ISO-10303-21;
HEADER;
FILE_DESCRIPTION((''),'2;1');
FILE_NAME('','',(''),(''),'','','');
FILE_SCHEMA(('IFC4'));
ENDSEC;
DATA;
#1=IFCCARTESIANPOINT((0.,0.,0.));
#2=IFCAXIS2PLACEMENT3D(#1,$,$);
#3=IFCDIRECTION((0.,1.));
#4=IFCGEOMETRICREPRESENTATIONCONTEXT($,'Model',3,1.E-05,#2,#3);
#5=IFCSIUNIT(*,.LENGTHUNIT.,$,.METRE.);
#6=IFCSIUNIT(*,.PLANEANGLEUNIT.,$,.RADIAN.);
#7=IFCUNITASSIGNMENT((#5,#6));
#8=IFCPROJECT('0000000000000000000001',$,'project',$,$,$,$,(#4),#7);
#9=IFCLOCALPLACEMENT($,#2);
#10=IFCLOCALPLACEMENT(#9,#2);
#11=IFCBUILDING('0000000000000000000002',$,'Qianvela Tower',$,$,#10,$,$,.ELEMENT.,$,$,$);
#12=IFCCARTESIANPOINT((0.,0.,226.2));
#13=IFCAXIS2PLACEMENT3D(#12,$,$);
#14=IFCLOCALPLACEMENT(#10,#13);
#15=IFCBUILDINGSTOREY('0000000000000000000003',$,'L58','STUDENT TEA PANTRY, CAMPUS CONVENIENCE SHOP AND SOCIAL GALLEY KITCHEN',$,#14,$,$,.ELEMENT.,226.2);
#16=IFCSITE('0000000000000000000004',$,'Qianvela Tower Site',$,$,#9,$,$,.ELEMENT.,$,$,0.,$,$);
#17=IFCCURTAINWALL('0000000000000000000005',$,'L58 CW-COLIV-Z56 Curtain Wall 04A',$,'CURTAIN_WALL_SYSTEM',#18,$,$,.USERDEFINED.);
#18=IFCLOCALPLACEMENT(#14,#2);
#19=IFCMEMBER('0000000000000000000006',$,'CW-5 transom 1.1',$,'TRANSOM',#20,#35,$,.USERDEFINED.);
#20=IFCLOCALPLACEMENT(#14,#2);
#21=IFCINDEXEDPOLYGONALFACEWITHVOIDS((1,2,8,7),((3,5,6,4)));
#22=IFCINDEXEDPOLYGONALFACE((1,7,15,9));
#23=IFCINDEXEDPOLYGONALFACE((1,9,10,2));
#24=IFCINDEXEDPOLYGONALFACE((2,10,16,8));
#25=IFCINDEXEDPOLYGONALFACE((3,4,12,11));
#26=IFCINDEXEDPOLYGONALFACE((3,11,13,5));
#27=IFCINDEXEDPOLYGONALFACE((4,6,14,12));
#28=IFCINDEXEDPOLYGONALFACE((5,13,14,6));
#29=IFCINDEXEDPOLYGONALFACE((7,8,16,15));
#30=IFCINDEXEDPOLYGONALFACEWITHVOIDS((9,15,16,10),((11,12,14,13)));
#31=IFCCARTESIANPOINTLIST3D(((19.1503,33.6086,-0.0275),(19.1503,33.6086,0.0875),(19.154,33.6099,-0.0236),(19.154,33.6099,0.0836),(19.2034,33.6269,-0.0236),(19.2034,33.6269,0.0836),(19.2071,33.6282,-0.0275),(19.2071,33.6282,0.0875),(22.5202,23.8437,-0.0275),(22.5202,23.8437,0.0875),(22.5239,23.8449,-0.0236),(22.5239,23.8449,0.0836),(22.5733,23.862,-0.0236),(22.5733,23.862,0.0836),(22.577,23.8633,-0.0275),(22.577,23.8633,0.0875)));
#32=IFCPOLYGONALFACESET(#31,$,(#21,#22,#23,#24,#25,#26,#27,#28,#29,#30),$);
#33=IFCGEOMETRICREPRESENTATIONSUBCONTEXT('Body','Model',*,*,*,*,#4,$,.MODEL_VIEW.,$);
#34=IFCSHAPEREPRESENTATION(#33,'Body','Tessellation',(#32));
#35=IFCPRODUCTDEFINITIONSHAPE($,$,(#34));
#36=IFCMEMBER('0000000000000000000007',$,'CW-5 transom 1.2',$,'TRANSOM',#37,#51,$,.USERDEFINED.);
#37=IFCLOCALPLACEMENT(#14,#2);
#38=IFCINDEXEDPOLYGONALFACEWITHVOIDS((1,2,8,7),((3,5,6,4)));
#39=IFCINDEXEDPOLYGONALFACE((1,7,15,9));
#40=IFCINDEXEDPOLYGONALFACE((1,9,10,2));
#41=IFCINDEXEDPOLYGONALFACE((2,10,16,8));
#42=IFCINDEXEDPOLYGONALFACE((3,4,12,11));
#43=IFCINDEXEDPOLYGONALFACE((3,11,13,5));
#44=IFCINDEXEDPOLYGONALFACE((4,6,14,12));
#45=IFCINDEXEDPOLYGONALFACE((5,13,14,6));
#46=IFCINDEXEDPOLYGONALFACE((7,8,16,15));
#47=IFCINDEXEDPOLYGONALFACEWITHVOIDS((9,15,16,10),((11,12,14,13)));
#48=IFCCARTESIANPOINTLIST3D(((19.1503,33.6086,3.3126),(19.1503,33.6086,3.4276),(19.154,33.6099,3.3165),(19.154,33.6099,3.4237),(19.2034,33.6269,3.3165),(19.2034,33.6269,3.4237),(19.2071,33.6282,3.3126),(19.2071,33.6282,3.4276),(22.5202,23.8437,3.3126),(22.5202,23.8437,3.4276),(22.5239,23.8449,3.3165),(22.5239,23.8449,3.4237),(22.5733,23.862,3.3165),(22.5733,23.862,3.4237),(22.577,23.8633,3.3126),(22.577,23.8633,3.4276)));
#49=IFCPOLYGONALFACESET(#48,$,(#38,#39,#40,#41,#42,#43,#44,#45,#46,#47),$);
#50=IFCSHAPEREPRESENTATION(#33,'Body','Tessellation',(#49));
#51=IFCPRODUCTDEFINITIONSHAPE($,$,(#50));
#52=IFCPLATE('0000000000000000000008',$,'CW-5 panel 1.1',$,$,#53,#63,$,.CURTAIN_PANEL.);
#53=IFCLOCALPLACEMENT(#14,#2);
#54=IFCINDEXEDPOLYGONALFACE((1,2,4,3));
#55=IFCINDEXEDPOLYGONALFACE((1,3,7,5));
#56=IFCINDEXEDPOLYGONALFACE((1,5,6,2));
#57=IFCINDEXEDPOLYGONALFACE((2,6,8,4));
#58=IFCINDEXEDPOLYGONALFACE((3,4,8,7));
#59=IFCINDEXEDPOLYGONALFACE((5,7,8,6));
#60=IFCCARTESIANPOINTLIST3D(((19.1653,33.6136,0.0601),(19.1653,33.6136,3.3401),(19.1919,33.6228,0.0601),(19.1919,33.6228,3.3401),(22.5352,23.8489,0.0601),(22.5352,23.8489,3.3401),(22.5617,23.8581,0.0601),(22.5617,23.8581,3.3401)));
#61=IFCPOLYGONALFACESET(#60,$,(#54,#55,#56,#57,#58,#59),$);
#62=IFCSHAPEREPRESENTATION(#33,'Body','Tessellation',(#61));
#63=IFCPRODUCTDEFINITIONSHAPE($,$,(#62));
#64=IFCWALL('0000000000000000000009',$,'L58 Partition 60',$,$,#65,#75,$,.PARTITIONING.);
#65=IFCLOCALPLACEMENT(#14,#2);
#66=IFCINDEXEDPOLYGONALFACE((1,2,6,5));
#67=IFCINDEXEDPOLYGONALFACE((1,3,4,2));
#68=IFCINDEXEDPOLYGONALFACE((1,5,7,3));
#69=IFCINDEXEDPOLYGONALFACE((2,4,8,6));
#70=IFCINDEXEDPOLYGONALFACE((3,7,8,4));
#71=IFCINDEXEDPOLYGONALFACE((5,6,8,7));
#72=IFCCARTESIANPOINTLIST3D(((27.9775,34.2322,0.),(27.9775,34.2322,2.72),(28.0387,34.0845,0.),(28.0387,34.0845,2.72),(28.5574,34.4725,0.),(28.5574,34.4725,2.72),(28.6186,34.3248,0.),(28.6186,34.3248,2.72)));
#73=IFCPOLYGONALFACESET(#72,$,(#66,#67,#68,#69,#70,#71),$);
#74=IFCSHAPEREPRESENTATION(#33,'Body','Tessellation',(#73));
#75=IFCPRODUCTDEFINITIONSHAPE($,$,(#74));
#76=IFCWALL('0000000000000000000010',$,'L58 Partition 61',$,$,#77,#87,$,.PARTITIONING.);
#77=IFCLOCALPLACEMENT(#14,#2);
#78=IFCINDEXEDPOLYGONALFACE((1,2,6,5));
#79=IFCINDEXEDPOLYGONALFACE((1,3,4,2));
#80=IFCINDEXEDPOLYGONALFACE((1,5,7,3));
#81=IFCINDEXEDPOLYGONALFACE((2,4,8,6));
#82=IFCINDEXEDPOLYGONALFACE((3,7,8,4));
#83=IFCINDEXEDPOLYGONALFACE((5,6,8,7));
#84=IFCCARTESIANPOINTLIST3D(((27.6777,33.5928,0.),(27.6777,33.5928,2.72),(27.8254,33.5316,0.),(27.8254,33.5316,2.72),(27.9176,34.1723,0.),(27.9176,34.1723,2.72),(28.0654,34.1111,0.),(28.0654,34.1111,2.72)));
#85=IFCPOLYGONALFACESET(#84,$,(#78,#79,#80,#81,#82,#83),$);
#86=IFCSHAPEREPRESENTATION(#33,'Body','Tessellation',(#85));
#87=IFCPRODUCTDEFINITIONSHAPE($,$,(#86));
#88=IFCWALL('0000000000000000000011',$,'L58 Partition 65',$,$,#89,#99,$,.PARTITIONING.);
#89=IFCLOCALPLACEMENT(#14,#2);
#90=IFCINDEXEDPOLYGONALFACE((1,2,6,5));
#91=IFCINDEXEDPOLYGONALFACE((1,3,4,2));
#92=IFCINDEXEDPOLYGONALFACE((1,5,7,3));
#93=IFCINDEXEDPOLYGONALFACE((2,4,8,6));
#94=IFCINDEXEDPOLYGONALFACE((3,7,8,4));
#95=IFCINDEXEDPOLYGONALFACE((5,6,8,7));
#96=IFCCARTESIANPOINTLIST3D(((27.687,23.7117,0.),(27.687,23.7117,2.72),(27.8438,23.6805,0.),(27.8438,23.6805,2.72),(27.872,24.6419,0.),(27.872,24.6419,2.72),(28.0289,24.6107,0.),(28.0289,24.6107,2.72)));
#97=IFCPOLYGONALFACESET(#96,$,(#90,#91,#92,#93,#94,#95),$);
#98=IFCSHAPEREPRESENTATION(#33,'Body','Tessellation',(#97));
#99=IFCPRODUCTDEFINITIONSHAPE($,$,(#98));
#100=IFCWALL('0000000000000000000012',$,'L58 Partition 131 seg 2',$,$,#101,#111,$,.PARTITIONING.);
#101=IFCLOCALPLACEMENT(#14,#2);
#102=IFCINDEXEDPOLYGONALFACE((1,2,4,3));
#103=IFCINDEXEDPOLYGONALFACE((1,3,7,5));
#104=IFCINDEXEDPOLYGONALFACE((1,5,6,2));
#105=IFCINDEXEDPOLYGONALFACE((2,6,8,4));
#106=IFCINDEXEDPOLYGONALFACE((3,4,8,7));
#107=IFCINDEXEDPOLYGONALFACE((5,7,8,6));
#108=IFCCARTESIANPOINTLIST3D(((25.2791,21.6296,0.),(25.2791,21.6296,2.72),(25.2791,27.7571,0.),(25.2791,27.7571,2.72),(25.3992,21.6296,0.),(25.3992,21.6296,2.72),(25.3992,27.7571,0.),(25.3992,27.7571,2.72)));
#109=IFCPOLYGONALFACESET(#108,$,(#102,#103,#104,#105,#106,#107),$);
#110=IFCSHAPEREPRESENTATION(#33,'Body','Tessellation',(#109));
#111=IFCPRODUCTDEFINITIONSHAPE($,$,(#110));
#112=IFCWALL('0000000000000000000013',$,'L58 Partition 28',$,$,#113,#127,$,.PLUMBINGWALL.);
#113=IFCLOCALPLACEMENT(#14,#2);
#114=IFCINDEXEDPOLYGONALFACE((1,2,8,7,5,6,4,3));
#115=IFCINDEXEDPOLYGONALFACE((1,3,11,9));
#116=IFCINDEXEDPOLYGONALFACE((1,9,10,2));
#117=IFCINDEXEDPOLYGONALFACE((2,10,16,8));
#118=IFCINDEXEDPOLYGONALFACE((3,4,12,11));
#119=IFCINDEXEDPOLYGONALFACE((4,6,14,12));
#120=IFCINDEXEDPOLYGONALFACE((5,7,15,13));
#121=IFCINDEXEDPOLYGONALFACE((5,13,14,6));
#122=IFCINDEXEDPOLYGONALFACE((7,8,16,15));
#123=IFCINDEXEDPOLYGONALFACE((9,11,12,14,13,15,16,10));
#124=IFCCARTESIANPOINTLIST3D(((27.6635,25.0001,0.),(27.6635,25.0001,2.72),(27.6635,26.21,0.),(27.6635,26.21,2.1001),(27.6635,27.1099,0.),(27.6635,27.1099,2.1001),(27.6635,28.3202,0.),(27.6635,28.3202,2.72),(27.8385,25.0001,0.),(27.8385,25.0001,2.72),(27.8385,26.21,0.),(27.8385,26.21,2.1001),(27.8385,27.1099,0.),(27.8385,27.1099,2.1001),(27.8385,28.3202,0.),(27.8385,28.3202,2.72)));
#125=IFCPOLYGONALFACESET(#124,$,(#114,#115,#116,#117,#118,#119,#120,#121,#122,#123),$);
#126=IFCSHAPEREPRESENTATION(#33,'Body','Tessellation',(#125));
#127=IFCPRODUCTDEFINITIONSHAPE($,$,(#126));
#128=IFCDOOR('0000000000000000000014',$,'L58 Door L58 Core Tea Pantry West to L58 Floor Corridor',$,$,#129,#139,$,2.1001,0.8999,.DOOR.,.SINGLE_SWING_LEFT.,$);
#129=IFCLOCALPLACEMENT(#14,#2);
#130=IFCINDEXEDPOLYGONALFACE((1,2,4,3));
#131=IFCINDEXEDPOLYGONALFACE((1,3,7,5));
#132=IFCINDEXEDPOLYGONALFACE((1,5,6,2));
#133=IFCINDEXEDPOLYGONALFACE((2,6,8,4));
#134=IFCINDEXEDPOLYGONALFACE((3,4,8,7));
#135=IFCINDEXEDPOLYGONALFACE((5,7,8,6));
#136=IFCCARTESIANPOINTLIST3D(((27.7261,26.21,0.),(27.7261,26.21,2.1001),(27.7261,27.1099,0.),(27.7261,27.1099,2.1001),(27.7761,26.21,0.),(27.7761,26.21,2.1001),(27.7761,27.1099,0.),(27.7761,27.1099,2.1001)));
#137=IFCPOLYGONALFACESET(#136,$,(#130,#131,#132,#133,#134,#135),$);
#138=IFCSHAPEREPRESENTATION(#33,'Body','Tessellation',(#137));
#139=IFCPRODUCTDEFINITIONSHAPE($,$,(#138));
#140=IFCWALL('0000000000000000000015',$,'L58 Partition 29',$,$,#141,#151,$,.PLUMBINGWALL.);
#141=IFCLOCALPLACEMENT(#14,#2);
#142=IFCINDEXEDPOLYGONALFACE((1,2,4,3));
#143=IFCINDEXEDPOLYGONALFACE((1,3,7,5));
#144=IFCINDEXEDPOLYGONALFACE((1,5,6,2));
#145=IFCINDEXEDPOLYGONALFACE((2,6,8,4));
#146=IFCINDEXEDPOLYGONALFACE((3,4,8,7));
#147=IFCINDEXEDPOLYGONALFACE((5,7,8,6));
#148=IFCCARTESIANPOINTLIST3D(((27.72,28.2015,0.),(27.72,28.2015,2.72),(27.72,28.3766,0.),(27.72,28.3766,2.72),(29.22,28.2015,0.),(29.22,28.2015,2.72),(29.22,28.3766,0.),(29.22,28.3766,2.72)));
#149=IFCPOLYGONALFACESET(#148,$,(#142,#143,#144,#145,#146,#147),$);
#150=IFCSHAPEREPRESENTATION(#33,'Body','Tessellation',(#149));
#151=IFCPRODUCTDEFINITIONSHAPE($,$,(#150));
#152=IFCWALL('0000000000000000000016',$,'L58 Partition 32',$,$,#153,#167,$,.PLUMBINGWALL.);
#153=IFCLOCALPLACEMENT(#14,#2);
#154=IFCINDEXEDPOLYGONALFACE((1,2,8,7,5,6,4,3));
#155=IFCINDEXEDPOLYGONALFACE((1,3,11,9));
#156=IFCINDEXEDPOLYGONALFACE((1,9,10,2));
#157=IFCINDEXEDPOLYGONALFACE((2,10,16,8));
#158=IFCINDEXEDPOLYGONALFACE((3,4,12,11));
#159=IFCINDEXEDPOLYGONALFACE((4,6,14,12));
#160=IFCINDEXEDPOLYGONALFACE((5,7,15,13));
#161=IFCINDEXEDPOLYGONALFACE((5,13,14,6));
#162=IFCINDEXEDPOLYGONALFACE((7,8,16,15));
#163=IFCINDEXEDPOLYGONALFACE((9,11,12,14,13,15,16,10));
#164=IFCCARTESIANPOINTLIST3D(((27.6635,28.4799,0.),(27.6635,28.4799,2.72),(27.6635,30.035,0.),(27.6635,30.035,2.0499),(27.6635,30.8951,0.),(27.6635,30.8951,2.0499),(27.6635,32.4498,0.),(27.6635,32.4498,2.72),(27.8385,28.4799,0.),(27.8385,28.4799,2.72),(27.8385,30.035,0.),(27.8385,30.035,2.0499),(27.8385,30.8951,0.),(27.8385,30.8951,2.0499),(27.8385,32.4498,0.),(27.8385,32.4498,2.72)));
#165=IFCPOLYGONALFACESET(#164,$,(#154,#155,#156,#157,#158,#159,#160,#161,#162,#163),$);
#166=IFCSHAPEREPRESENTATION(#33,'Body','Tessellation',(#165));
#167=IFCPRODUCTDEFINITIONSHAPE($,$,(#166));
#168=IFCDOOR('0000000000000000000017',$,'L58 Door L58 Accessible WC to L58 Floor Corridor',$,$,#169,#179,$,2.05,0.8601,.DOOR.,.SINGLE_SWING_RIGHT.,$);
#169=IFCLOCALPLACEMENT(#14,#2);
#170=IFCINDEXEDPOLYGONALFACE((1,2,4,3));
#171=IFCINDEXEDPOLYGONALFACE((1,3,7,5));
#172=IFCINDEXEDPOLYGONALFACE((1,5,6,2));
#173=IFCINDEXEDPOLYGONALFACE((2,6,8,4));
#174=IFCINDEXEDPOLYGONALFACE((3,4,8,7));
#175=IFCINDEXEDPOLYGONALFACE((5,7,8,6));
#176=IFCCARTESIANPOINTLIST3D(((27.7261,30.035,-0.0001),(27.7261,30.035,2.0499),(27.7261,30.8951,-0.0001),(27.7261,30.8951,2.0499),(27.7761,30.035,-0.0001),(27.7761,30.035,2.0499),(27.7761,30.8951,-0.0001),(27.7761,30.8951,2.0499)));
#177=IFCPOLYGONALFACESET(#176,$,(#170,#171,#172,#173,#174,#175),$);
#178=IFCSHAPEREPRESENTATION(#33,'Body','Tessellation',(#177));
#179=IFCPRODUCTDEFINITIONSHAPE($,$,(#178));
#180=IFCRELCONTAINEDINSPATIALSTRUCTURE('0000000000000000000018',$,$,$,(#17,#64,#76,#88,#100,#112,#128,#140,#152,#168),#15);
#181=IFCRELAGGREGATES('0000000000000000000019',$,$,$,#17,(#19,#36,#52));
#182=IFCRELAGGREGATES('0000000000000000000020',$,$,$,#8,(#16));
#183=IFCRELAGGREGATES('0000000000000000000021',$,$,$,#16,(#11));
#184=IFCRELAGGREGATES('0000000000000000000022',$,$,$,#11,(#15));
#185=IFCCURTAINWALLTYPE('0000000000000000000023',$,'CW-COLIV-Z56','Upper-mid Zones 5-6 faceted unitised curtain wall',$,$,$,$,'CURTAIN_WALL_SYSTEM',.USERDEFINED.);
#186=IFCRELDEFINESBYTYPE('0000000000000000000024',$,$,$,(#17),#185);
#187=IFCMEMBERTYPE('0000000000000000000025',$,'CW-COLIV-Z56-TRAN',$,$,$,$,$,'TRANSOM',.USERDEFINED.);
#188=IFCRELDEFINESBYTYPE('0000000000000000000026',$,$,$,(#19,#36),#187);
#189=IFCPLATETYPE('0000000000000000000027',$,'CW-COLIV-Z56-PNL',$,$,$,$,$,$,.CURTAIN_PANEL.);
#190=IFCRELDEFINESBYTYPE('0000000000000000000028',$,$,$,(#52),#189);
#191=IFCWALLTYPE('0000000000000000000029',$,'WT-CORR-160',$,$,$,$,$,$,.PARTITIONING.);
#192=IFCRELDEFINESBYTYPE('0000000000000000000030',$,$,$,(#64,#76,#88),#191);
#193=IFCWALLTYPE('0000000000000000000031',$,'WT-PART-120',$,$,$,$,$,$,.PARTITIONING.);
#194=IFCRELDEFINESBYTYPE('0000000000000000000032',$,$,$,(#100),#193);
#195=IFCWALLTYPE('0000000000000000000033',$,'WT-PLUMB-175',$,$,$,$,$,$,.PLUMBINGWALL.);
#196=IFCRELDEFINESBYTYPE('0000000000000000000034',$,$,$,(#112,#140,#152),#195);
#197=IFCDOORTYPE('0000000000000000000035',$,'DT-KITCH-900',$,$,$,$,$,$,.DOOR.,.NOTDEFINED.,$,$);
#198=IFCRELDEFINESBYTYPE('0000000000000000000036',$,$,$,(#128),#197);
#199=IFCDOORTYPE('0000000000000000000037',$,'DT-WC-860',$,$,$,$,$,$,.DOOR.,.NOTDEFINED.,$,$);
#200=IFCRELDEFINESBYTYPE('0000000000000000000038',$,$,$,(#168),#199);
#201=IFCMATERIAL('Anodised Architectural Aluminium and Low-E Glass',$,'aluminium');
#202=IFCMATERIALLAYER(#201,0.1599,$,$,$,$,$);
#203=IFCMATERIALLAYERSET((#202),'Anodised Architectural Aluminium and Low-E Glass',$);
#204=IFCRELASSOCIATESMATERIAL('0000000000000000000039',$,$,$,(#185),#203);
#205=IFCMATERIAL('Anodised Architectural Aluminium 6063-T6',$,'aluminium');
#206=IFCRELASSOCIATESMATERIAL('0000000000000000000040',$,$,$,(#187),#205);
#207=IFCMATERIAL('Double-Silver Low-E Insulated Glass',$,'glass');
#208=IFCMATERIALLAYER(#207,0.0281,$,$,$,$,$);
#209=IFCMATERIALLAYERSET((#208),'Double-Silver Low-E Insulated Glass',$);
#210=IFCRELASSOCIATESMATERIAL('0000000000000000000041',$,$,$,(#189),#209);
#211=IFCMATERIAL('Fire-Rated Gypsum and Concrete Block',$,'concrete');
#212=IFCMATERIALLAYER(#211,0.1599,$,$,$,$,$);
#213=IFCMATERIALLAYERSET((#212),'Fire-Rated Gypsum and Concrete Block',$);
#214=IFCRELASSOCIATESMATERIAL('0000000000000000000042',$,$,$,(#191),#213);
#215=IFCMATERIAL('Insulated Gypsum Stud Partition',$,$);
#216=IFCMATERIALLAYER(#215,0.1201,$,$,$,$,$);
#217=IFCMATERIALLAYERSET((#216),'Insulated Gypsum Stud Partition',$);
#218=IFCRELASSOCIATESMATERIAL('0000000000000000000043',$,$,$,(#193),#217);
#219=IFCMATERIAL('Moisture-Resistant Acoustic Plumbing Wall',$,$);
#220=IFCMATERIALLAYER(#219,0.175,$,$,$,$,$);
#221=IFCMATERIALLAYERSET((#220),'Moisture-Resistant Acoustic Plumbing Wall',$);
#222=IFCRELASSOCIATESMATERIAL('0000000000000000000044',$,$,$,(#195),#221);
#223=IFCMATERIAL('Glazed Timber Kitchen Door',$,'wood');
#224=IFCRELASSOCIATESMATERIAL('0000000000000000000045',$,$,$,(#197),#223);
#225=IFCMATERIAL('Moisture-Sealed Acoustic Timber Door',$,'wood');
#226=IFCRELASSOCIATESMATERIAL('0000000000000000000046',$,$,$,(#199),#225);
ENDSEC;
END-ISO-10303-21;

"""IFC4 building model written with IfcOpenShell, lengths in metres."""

from ifc_helpers import new_model, si_unit, direction, frame, frame_2d, origin, origin_2d, place, context, subcontext, project, spatial, rectangle, hollow_rectangle, extrude, material, layer, layer_set, material_profile, profile_set, type_object, element, fill, aggregate, save


model = new_model("IFC4")

# Units and contexts
model_context = context("Model", 3, precision=1e-05, world=origin(), true_north=direction((0.0, 1.0)))
body_context = subcontext(model_context, "Body", "Model", "MODEL_VIEW")
ifc_project = project(units=[si_unit("LENGTHUNIT", "METRE"), si_unit("PLANEANGLEUNIT", "RADIAN")], contexts=[model_context])

# Site, building, storey
site_placement = place(None, origin())
site = spatial("IfcSite", under=ifc_project, at=site_placement, Name="Qianvela Tower Site", CompositionType="ELEMENT", RefElevation=0.0)
building_placement = place(site_placement, origin())
building = spatial("IfcBuilding", under=site, at=building_placement, Name="Qianvela Tower", CompositionType="ELEMENT")
storey_placement = place(building_placement, frame((0.0, 0.0, 226.2)))
storey = spatial("IfcBuildingStorey", under=building, at=storey_placement, Name="L58", Description="STUDENT TEA PANTRY, CAMPUS CONVENIENCE SHOP AND SOCIAL GALLEY KITCHEN", CompositionType="ELEMENT", Elevation=226.2)

# Curtain wall, members, plate
ifc_material_1 = material(Name="Anodised Architectural Aluminium and Low-E Glass", Category="aluminium")
ifc_layer_1 = layer(ifc_material_1, 0.1599)
ifc_layer_set_1 = layer_set([ifc_layer_1], Name="Anodised Architectural Aluminium and Low-E Glass")
curtain_wall_type = type_object("IfcCurtainWallType", Name="CW-COLIV-Z56", Description="Upper-mid Zones 5-6 faceted unitised curtain wall", ElementType="CURTAIN_WALL_SYSTEM", PredefinedType="USERDEFINED", material=ifc_layer_set_1)
curtain_wall_placement = place(storey_placement, origin())
curtain_wall = element("IfcCurtainWall", 1, at=curtain_wall_placement, inside=storey, type_object=curtain_wall_type, Name="L58 CW-COLIV-Z56 Curtain Wall 04A", ObjectType="CURTAIN_WALL_SYSTEM", PredefinedType="USERDEFINED")
ifc_material_2 = material(Name="Anodised Architectural Aluminium 6063-T6", Category="aluminium")
ifc_material_profile_1 = material_profile(ifc_material_2, hollow_rectangle(XDim=0.0601, YDim=0.115, WallThickness=0.0039, at=origin_2d()), Name="ALU-TRAN-60x115")
ifc_profile_set_1 = profile_set([ifc_material_profile_1], Name="Anodised Architectural Aluminium 6063-T6")
member_type_1 = type_object("IfcMemberType", Name="CW-COLIV-Z56-TRAN", ElementType="TRANSOM", PredefinedType="USERDEFINED", material=ifc_profile_set_1)
member_1_placement = place(storey_placement, frame((19.1787, 33.6184, 0.03), z_axis=(0.326222, -0.945293, 0.0), x_axis=(0.945293, 0.326222, 0.0)))
member_1 = element("IfcMember", 2, at=member_1_placement, type_object=member_type_1, Name="CW-5 transom 1.1", ObjectType="TRANSOM", PredefinedType="USERDEFINED", context=body_context, shape_type="SweptSolid", body=[
    extrude(hollow_rectangle(XDim=0.0601, YDim=0.115, WallThickness=0.0039, at=origin_2d()), origin(), (0.0, 0.0, 1.0), 10.3301),
])
member_2_placement = place(storey_placement, frame((19.1787, 33.6184, 3.3701), z_axis=(0.326222, -0.945293, 0.0), x_axis=(0.945293, 0.326222, 0.0)))
member_2 = element("IfcMember", 3, at=member_2_placement, type_object=member_type_1, Name="CW-5 transom 1.2", ObjectType="TRANSOM", PredefinedType="USERDEFINED", context=body_context, shape_type="SweptSolid", body=[
    extrude(hollow_rectangle(XDim=0.0601, YDim=0.115, WallThickness=0.0039, at=origin_2d()), origin(), (0.0, 0.0, 1.0), 10.3301),
])
ifc_material_3 = material(Name="Double-Silver Low-E Insulated Glass", Category="glass")
ifc_layer_2 = layer(ifc_material_3, 0.0281)
ifc_layer_set_2 = layer_set([ifc_layer_2], Name="Double-Silver Low-E Insulated Glass")
plate_type = type_object("IfcPlateType", Name="CW-COLIV-Z56-PNL", PredefinedType="CURTAIN_PANEL", material=ifc_layer_set_2)
plate_placement = place(storey_placement, frame((20.8635, 28.7358, 0.0601), z_axis=(0.0, 0.0, 1.0), x_axis=(0.326225, -0.945292, 0.0)))
plate = element("IfcPlate", 4, at=plate_placement, type_object=plate_type, Name="CW-5 panel 1.1", PredefinedType="CURTAIN_PANEL", context=body_context, shape_type="SweptSolid", body=[
    extrude(rectangle(XDim=10.3298, YDim=0.0281, at=origin_2d()), origin(), (0.0, 0.0, 1.0), 3.28),
])
aggregate(curtain_wall, [member_1, member_2, plate])

# Walls
ifc_material_4 = material(Name="Fire-Rated Gypsum and Concrete Block", Category="concrete")
ifc_layer_3 = layer(ifc_material_4, 0.1599)
ifc_layer_set_3 = layer_set([ifc_layer_3], Name="Fire-Rated Gypsum and Concrete Block")
wall_type_1 = type_object("IfcWallType", Name="WT-CORR-160", PredefinedType="PARTITIONING", material=ifc_layer_set_3)
wall_1_placement = place(storey_placement, frame((28.5881, 34.3987, 0.0), z_axis=(0.0, 0.0, 1.0), x_axis=(-0.923846, -0.382764, 0.0)))
element("IfcWall", 5, at=wall_1_placement, inside=storey, type_object=wall_type_1, Name="L58 Partition 60", PredefinedType="PARTITIONING", context=body_context, shape_type="SweptSolid", body=[
    extrude(rectangle(XDim=0.6277, YDim=0.1599, at=frame_2d((0.314, 0.0))), origin(), (0.0, 0.0, 1.0), 2.72),
])
wall_2_placement = place(storey_placement, frame((27.9915, 34.1416, 0.0), z_axis=(0.0, 0.0, 1.0), x_axis=(-0.382569, -0.923927, 0.0)))
element("IfcWall", 6, at=wall_2_placement, inside=storey, type_object=wall_type_1, Name="L58 Partition 61", PredefinedType="PARTITIONING", context=body_context, shape_type="SweptSolid", body=[
    extrude(rectangle(XDim=0.6272, YDim=0.1599, at=frame_2d((0.3135, 0.0))), origin(), (0.0, 0.0, 1.0), 2.72),
])
wall_3_placement = place(storey_placement, frame((27.9504, 24.6262, 0.0), z_axis=(0.0, 0.0, 1.0), x_axis=(-0.195126, -0.980778, 0.0)))
element("IfcWall", 7, at=wall_3_placement, inside=storey, type_object=wall_type_1, Name="L58 Partition 65", PredefinedType="PARTITIONING", context=body_context, shape_type="SweptSolid", body=[
    extrude(rectangle(XDim=0.9485, YDim=0.1599, at=frame_2d((0.4741, 0.0))), origin(), (0.0, 0.0, 1.0), 2.72),
])
ifc_material_5 = material(Name="Insulated Gypsum Stud Partition")
ifc_layer_4 = layer(ifc_material_5, 0.1201)
ifc_layer_set_4 = layer_set([ifc_layer_4], Name="Insulated Gypsum Stud Partition")
wall_type_2 = type_object("IfcWallType", Name="WT-PART-120", PredefinedType="PARTITIONING", material=ifc_layer_set_4)
wall_4_placement = place(storey_placement, frame((25.3391, 27.7571, 0.0), z_axis=(0.0, 0.0, 1.0), x_axis=(0.0, -1.0, 0.0)))
element("IfcWall", 8, at=wall_4_placement, inside=storey, type_object=wall_type_2, Name="L58 Partition 131 seg 2", PredefinedType="PARTITIONING", context=body_context, shape_type="SweptSolid", body=[
    extrude(rectangle(XDim=6.1274, YDim=0.1201, at=frame_2d((3.0637, 0.0))), origin(), (0.0, 0.0, 1.0), 2.72),
])

# Wall, opening, door
ifc_material_6 = material(Name="Moisture-Resistant Acoustic Plumbing Wall")
ifc_layer_5 = layer(ifc_material_6, 0.175)
ifc_layer_set_5 = layer_set([ifc_layer_5], Name="Moisture-Resistant Acoustic Plumbing Wall")
wall_type_3 = type_object("IfcWallType", Name="WT-PLUMB-175", PredefinedType="PLUMBINGWALL", material=ifc_layer_set_5)
wall_5_placement = place(storey_placement, frame((27.751, 25.0, 0.0), z_axis=(0.0, 0.0, 1.0), x_axis=(0.0, 1.0, 0.0)))
wall_5 = element("IfcWall", 9, at=wall_5_placement, inside=storey, type_object=wall_type_3, Name="L58 Partition 28", PredefinedType="PLUMBINGWALL", context=body_context, shape_type="SweptSolid", body=[
    extrude(rectangle(XDim=3.3201, YDim=0.175, at=frame_2d((1.6602, 0.0))), origin(), (0.0, 0.0, 1.0), 2.72),
])
opening_1_placement = place(wall_5_placement, frame((1.21, 0.0, 0.0)))
opening_1 = element("IfcOpeningElement", 10, at=opening_1_placement, cuts=wall_5, PredefinedType="OPENING", context=body_context, shape_type="SweptSolid", body=[
    extrude(rectangle(XDim=0.8999, YDim=2.1001, at=frame_2d((0.45, 1.05))), frame((0.0, 0.0974, 0.0), z_axis=(0.0, -1.0, 0.0), x_axis=(1.0, 0.0, 0.0)), (0.0, 0.0, 1.0), 0.1951),
])
ifc_material_7 = material(Name="Glazed Timber Kitchen Door", Category="wood")
door_type_1 = type_object("IfcDoorType", Name="DT-KITCH-900", OperationType="NOTDEFINED", PredefinedType="DOOR", material=ifc_material_7)
door_1_placement = place(opening_1_placement, origin())
door_1 = element("IfcDoor", 11, at=door_1_placement, inside=storey, type_object=door_type_1, Name="L58 Door L58 Core Tea Pantry West to L58 Floor Corridor", OperationType="SINGLE_SWING_LEFT", OverallHeight=2.1001, OverallWidth=0.8999, PredefinedType="DOOR", context=body_context, shape_type="SweptSolid", body=[
    extrude(rectangle(XDim=0.8999, YDim=2.1001, at=frame_2d((0.45, 1.05))), frame((0.0, 0.0249, 0.0), z_axis=(0.0, -1.0, 0.0), x_axis=(1.0, 0.0, 0.0)), (0.0, 0.0, 1.0), 0.05),
])
fill(opening_1, door_1)

# Wall
wall_6_placement = place(storey_placement, frame((27.72, 28.2891, 0.0), z_axis=(0.0, 0.0, 1.0), x_axis=(1.0, 0.0, 0.0)))
element("IfcWall", 12, at=wall_6_placement, inside=storey, type_object=wall_type_3, Name="L58 Partition 29", PredefinedType="PLUMBINGWALL", context=body_context, shape_type="SweptSolid", body=[
    extrude(rectangle(XDim=1.5, YDim=0.175, at=frame_2d((0.75, 0.0))), origin(), (0.0, 0.0, 1.0), 2.72),
])

# Wall, opening, door
wall_7_placement = place(storey_placement, frame((27.751, 28.48, 0.0), z_axis=(0.0, 0.0, 1.0), x_axis=(0.0, 1.0, 0.0)))
wall_7 = element("IfcWall", 13, at=wall_7_placement, inside=storey, type_object=wall_type_3, Name="L58 Partition 32", PredefinedType="PLUMBINGWALL", context=body_context, shape_type="SweptSolid", body=[
    extrude(rectangle(XDim=3.97, YDim=0.175, at=frame_2d((1.9849, 0.0))), origin(), (0.0, 0.0, 1.0), 2.72),
])
opening_2_placement = place(wall_7_placement, frame((1.5549, 0.0, 0.0)))
opening_2 = element("IfcOpeningElement", 14, at=opening_2_placement, cuts=wall_7, PredefinedType="OPENING", context=body_context, shape_type="SweptSolid", body=[
    extrude(rectangle(XDim=0.8601, YDim=2.05, at=frame_2d((0.4302, 1.0249))), frame((0.0, 0.0974, 0.0), z_axis=(0.0, -1.0, 0.0), x_axis=(1.0, 0.0, 0.0)), (0.0, 0.0, 1.0), 0.1951),
])
ifc_material_8 = material(Name="Moisture-Sealed Acoustic Timber Door", Category="wood")
door_type_2 = type_object("IfcDoorType", Name="DT-WC-860", OperationType="NOTDEFINED", PredefinedType="DOOR", material=ifc_material_8)
door_2_placement = place(opening_2_placement, origin())
door_2 = element("IfcDoor", 15, at=door_2_placement, inside=storey, type_object=door_type_2, Name="L58 Door L58 Accessible WC to L58 Floor Corridor", OperationType="SINGLE_SWING_RIGHT", OverallHeight=2.05, OverallWidth=0.8601, PredefinedType="DOOR", context=body_context, shape_type="SweptSolid", body=[
    extrude(rectangle(XDim=0.8601, YDim=2.05, at=frame_2d((0.4302, 1.0249))), frame((0.0, 0.0249, 0.0), z_axis=(0.0, -1.0, 0.0), x_axis=(1.0, 0.0, 0.0)), (0.0, 0.0, 1.0), 0.05),
])
fill(opening_2, door_2)

save(model, "model.ifc")
